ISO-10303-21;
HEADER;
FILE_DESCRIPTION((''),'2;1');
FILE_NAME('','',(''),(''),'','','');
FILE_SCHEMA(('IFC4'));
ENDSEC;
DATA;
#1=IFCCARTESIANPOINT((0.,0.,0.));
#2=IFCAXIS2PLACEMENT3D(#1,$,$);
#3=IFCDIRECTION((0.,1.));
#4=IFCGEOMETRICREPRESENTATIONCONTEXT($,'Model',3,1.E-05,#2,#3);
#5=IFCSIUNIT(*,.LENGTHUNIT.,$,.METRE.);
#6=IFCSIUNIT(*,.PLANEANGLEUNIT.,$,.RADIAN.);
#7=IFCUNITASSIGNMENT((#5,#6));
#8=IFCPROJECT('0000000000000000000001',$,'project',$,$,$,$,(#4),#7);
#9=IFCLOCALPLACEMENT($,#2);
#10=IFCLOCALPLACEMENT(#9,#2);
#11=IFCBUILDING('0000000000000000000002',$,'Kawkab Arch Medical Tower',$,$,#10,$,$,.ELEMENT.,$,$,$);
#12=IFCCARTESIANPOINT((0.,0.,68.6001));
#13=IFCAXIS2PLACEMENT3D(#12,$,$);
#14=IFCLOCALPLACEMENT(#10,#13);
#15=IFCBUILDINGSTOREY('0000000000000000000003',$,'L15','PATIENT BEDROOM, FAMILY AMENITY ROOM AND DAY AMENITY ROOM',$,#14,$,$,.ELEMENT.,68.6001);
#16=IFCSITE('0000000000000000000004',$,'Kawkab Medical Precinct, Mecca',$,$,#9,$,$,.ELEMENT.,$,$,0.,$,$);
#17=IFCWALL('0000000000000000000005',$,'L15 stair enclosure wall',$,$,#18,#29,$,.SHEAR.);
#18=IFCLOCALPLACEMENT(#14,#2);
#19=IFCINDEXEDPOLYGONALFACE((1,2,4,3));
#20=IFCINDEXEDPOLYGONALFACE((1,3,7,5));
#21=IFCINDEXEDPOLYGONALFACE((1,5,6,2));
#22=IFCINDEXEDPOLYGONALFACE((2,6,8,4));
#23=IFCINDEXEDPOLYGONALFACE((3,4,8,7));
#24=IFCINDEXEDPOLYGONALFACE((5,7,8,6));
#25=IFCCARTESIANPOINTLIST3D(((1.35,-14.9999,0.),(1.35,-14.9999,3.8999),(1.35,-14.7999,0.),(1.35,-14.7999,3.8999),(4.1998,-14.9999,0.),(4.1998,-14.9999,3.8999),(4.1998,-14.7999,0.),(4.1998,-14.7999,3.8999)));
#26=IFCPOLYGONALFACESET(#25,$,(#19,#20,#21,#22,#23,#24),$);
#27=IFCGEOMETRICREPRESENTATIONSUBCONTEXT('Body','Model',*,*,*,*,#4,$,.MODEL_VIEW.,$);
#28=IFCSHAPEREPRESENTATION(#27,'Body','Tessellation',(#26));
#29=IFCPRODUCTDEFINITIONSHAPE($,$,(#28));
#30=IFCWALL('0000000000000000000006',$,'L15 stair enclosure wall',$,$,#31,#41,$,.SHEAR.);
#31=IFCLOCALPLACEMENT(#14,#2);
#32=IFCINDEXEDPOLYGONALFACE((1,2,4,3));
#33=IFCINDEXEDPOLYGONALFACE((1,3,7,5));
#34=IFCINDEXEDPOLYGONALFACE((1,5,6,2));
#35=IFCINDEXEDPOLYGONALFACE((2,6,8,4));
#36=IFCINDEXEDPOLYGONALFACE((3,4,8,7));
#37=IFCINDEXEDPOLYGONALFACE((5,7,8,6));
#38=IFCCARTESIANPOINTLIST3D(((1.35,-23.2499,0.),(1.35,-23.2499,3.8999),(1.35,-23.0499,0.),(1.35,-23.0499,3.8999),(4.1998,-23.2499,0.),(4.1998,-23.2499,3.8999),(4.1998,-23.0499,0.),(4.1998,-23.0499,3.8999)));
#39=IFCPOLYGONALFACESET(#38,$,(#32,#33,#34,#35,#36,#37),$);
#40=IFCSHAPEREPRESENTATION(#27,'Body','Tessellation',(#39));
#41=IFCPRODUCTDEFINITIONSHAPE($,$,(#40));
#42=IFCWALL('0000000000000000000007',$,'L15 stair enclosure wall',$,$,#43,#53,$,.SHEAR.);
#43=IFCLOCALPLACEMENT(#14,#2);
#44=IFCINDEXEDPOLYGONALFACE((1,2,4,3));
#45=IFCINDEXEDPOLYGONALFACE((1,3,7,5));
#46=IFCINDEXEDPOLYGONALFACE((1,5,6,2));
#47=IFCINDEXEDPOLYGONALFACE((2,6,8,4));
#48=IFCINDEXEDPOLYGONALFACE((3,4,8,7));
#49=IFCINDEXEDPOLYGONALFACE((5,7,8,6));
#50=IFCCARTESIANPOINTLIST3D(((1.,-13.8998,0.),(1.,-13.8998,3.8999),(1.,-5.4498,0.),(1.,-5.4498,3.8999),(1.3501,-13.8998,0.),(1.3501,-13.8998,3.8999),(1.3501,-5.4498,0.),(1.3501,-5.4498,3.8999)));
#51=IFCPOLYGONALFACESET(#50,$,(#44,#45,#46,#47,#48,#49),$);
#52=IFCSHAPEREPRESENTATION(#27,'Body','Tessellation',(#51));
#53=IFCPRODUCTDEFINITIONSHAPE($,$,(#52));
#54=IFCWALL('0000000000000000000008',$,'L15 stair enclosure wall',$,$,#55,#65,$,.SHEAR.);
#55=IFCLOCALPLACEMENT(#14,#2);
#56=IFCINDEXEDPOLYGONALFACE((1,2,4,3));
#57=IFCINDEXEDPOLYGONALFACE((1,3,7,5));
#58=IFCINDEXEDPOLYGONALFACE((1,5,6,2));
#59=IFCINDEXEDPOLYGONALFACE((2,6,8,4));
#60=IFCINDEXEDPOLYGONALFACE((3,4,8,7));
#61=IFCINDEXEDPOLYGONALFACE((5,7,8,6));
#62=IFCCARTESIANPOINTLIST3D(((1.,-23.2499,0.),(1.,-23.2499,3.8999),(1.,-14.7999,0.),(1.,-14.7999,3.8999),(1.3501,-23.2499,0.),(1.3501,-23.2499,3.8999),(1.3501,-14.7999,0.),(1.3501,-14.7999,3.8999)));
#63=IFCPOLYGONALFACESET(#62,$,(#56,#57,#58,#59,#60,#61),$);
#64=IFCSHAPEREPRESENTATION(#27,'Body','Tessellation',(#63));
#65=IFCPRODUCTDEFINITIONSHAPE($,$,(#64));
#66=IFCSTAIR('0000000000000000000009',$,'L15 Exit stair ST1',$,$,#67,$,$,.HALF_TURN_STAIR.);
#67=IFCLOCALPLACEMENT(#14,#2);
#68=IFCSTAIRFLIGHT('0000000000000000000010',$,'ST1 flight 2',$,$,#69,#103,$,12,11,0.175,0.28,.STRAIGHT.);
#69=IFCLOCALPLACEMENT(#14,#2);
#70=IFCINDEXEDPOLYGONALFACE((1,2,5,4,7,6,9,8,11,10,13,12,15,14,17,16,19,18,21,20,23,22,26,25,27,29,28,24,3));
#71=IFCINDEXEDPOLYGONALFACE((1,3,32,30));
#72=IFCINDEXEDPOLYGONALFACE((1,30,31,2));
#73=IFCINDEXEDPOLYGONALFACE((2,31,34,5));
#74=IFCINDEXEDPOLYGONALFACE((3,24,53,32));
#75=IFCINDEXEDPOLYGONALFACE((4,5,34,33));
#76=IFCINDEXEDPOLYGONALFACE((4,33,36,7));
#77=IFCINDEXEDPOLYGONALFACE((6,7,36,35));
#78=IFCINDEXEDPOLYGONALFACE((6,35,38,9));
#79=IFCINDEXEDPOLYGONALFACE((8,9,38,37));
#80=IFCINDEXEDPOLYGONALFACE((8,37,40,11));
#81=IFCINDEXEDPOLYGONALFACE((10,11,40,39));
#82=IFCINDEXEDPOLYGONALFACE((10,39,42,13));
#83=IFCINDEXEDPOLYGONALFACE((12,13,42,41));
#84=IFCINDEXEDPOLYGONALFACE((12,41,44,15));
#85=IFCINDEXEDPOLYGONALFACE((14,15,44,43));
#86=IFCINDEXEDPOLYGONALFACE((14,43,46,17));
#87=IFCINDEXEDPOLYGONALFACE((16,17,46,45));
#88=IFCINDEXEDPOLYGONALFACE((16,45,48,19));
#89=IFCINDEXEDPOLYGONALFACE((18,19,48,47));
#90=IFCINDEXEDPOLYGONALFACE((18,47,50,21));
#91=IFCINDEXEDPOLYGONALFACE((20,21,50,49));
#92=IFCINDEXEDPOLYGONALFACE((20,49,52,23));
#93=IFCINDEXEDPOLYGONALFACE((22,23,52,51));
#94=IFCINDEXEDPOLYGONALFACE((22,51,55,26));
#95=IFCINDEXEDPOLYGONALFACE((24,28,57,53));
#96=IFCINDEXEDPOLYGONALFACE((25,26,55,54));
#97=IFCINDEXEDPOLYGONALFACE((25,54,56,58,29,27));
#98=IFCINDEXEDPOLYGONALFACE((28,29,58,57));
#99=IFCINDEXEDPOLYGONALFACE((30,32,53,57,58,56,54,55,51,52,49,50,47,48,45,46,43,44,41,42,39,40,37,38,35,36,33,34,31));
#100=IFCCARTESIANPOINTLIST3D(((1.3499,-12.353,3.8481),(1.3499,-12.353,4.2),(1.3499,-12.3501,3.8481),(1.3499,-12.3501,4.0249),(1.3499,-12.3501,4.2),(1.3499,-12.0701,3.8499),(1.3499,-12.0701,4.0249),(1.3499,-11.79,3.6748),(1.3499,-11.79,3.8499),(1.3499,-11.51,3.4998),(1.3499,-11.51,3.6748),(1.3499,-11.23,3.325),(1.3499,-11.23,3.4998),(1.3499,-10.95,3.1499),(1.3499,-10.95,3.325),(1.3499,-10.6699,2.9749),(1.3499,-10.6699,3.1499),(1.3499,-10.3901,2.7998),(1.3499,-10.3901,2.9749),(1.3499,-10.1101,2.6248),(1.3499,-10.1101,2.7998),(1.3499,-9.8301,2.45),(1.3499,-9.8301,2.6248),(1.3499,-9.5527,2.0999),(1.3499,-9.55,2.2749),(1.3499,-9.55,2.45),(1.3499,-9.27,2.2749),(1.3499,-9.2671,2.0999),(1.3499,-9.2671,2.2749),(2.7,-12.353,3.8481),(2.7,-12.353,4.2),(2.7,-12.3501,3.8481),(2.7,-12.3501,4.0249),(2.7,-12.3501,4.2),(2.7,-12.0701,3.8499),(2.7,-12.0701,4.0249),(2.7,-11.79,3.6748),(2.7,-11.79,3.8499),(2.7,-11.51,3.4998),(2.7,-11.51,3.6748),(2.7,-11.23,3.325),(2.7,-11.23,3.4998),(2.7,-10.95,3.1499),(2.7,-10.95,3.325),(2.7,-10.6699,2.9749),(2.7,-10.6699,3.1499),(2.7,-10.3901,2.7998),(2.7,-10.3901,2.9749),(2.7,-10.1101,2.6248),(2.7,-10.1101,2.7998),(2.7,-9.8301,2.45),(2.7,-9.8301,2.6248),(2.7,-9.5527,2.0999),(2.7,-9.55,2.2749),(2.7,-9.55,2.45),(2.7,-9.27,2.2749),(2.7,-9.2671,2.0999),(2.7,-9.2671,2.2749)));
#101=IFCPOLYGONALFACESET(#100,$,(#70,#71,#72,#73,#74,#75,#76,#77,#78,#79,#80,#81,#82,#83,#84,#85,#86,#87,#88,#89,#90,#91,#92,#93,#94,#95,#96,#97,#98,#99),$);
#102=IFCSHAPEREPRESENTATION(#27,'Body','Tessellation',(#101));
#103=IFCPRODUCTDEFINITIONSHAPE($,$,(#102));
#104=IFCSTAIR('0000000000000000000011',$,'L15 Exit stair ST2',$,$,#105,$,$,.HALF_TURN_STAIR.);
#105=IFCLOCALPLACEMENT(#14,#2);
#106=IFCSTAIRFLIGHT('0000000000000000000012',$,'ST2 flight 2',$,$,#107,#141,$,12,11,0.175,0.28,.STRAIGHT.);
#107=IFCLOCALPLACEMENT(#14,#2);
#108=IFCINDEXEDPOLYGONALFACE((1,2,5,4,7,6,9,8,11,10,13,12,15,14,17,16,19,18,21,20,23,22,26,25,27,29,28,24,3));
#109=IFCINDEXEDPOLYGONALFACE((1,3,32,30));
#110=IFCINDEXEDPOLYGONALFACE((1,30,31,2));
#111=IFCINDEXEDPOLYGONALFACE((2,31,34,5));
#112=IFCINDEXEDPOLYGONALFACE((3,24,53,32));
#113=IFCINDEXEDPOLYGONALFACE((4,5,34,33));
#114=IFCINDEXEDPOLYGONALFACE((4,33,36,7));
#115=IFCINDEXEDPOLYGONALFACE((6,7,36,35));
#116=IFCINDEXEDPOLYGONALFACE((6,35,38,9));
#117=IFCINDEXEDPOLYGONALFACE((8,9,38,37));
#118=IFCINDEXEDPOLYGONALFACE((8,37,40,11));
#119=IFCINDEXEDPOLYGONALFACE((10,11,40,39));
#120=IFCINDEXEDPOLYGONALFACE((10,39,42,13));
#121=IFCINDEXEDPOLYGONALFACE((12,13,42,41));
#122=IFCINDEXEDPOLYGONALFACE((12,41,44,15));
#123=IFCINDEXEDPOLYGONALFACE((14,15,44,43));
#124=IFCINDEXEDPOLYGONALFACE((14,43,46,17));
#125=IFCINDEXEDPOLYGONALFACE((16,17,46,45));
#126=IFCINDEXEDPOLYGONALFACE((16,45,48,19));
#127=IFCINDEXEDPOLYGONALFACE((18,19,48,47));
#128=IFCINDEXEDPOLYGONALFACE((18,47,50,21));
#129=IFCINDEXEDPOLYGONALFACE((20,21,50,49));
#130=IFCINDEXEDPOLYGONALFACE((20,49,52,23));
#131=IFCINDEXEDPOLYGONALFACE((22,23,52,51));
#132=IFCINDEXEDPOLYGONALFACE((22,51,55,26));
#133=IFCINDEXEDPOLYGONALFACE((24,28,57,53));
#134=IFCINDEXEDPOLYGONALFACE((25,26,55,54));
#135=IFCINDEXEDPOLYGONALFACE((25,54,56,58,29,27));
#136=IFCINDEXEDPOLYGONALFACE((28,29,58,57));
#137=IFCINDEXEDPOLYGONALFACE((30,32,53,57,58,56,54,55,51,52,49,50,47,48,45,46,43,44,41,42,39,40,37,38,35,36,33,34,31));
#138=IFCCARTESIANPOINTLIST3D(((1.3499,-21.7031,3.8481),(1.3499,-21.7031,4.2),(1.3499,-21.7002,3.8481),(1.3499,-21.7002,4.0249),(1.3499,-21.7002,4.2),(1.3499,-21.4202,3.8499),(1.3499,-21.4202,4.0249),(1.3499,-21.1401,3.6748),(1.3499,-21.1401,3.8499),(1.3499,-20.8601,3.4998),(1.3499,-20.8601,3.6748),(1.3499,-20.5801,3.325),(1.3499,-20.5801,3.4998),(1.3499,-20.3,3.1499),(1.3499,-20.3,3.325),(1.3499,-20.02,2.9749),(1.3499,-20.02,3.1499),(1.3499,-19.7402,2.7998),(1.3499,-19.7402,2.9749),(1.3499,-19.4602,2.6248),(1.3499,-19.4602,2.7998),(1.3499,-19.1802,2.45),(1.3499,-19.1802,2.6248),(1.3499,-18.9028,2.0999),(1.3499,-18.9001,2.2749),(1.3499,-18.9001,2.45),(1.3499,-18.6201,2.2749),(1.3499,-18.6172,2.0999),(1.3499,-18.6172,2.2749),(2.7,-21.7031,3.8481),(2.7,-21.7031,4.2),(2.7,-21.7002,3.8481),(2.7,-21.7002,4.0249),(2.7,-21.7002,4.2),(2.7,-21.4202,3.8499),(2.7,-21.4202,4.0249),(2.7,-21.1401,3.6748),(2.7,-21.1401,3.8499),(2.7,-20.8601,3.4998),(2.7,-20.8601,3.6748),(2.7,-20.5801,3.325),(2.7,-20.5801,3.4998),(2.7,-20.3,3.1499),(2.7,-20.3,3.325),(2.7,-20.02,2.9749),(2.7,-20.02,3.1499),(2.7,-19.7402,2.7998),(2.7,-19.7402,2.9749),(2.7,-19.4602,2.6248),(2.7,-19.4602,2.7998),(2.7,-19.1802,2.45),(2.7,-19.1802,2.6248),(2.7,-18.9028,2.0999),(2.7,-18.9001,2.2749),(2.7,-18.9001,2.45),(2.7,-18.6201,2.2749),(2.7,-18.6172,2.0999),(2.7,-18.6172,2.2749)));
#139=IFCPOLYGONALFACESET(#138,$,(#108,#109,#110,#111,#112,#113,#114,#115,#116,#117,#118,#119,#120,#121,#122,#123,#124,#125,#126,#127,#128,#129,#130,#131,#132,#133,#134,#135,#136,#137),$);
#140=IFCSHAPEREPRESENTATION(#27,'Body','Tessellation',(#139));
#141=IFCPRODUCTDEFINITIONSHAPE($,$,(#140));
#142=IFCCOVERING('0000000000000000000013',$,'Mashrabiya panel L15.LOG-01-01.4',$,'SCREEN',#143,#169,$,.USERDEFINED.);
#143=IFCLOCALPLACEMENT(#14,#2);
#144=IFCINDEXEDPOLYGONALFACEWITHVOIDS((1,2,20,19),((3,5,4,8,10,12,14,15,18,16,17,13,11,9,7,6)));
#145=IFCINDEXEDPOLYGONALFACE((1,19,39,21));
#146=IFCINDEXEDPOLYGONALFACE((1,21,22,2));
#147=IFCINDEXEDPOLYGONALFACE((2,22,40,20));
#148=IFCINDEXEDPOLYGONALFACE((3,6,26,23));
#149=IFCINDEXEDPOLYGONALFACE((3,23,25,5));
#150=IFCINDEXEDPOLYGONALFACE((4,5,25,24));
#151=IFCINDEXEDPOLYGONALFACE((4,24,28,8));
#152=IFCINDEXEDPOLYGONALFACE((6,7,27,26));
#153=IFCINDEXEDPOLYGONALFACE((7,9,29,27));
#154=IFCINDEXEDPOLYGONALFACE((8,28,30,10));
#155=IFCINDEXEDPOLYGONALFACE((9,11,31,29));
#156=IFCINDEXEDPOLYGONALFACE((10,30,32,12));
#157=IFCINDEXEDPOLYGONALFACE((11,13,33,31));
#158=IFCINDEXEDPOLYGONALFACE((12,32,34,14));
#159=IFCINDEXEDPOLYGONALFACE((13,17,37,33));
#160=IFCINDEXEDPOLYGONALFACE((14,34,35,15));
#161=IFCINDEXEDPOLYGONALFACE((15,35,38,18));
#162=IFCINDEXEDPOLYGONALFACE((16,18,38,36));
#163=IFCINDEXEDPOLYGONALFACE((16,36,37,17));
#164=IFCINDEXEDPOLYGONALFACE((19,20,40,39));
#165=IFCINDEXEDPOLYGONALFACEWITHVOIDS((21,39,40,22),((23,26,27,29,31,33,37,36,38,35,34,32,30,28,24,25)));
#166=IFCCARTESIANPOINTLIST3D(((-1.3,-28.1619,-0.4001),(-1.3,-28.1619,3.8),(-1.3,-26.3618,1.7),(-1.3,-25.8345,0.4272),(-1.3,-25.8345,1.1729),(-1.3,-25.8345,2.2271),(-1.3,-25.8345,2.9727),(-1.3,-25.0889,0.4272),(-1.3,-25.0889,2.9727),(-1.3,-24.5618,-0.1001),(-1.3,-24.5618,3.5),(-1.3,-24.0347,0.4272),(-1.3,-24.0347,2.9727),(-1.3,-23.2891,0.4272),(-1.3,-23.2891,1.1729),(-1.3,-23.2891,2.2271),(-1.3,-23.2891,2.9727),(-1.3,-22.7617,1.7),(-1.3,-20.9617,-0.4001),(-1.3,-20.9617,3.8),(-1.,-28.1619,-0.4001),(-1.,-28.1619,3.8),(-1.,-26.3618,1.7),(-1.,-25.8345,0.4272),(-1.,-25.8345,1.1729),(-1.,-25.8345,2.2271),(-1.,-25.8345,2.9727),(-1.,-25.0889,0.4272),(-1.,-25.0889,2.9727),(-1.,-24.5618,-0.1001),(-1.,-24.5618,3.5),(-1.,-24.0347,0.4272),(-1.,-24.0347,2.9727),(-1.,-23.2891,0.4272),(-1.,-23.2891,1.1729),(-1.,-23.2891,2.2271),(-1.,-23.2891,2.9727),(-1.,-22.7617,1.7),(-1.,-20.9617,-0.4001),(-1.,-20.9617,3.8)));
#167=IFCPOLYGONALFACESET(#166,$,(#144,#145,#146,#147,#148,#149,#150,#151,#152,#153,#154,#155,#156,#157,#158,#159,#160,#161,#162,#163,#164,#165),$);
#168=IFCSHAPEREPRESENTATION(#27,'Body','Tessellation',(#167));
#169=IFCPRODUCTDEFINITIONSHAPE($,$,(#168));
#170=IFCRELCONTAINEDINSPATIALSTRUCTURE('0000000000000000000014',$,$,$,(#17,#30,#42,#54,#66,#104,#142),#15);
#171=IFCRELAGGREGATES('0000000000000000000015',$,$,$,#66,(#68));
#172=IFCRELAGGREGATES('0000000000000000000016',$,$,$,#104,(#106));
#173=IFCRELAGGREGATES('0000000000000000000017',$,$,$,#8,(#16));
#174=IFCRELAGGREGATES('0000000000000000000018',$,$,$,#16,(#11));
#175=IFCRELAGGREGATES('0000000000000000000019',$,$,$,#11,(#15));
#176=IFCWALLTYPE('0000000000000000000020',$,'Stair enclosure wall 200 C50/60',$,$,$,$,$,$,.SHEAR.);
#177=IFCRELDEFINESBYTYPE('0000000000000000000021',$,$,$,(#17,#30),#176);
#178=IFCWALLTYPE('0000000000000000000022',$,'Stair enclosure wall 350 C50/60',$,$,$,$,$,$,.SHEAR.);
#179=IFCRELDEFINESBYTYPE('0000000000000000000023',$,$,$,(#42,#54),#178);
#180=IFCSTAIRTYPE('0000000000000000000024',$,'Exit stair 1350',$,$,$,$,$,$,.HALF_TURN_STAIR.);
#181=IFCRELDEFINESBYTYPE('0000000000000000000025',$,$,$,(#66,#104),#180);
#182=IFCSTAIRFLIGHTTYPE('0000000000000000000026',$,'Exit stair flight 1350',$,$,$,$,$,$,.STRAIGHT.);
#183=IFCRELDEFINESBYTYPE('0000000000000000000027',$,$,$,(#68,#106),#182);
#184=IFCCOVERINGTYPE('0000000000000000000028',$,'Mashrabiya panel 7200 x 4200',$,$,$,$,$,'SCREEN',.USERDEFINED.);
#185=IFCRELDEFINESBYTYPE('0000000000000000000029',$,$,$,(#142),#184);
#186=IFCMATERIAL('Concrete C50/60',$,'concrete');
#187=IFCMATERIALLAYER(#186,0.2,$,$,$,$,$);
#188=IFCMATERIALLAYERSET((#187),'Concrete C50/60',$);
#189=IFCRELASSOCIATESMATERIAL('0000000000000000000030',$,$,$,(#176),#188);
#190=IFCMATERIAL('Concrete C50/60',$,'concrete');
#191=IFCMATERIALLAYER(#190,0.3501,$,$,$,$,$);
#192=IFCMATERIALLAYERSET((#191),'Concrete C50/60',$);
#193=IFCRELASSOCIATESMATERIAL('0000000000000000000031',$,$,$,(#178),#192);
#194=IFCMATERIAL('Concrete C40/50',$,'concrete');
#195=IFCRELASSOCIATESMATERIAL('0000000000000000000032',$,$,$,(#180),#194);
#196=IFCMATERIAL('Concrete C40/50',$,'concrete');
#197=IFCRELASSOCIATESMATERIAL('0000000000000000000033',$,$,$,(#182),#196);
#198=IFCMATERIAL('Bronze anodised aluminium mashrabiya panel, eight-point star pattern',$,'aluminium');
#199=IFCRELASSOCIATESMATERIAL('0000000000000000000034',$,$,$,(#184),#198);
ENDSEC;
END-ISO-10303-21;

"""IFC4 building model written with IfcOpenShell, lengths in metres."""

from ifc_helpers import new_model, si_unit, direction, frame, frame_2d, origin, place, context, subcontext, project, spatial, polyline, rectangle, outline, extrude, material, layer, layer_set, material_profile, profile_set, type_object, element, aggregate, save


model = new_model("IFC4")

# Units and contexts
model_context = context("Model", 3, precision=1e-05, world=origin(), true_north=direction((0.0, 1.0)))
body_context = subcontext(model_context, "Body", "Model", "MODEL_VIEW")
ifc_project = project(units=[si_unit("LENGTHUNIT", "METRE"), si_unit("PLANEANGLEUNIT", "RADIAN")], contexts=[model_context])

# Site, building, storey
site_placement = place(None, origin())
site = spatial("IfcSite", under=ifc_project, at=site_placement, Name="Kawkab Medical Precinct, Mecca", CompositionType="ELEMENT", RefElevation=0.0)
building_placement = place(site_placement, origin())
building = spatial("IfcBuilding", under=site, at=building_placement, Name="Kawkab Arch Medical Tower", CompositionType="ELEMENT")
storey_placement = place(building_placement, frame((0.0, 0.0, 68.6001)))
storey = spatial("IfcBuildingStorey", under=building, at=storey_placement, Name="L15", Description="PATIENT BEDROOM, FAMILY AMENITY ROOM AND DAY AMENITY ROOM", CompositionType="ELEMENT", Elevation=68.6001)

# Shared definitions
placement = place(storey_placement, origin())

# Walls
ifc_material_1 = material(Name="Concrete C50/60", Category="concrete")
ifc_layer_1 = layer(ifc_material_1, 0.2)
ifc_layer_set_1 = layer_set([ifc_layer_1], Name="Concrete C50/60")
wall_type_1 = type_object("IfcWallType", Name="Stair enclosure wall 200 C50/60", PredefinedType="SHEAR", material=ifc_layer_set_1)
for number, where, z_axis, x_axis, name in (
    (1, (1.3501, -14.8999, 0.0), (0.0, 0.0, 1.0), (1.0, 0.0, 0.0), "L15 stair enclosure wall"),
    (2, (1.3501, -23.1499, 0.0), (0.0, 0.0, 1.0), (1.0, 0.0, 0.0), "L15 stair enclosure wall"),
):
    element("IfcWall", number, at=place(storey_placement, frame(where, z_axis=z_axis, x_axis=x_axis)), inside=storey, type_object=wall_type_1, Name=name, PredefinedType="SHEAR", context=body_context, shape_type="SweptSolid", body=[
        extrude(rectangle(XDim=2.8499, YDim=0.2, at=frame_2d((1.4248, 0.0))), origin(), (0.0, 0.0, 1.0), 3.8999),
    ])
ifc_material_2 = material(Name="Concrete C50/60", Category="concrete")
ifc_layer_2 = layer(ifc_material_2, 0.3501)
ifc_layer_set_2 = layer_set([ifc_layer_2], Name="Concrete C50/60")
wall_type_2 = type_object("IfcWallType", Name="Stair enclosure wall 350 C50/60", PredefinedType="SHEAR", material=ifc_layer_set_2)
for number, where, z_axis, x_axis, name in (
    (3, (1.175, -13.8999, 0.0), (0.0, 0.0, 1.0), (0.0, 1.0, 0.0), "L15 stair enclosure wall"),
    (4, (1.175, -23.25, 0.0), (0.0, 0.0, 1.0), (0.0, 1.0, 0.0), "L15 stair enclosure wall"),
):
    element("IfcWall", number, at=place(storey_placement, frame(where, z_axis=z_axis, x_axis=x_axis)), inside=storey, type_object=wall_type_2, Name=name, PredefinedType="SHEAR", context=body_context, shape_type="SweptSolid", body=[
        extrude(rectangle(XDim=8.45, YDim=0.3501, at=frame_2d((4.2251, 0.0))), origin(), (0.0, 0.0, 1.0), 3.8999),
    ])

# Stairs, stair flights
ifc_material_3 = material(Name="Concrete C40/50", Category="concrete")
stair_type = type_object("IfcStairType", Name="Exit stair 1350", PredefinedType="HALF_TURN_STAIR", material=ifc_material_3)
stair_1 = element("IfcStair", 5, at=placement, inside=storey, type_object=stair_type, Name="L15 Exit stair ST1", PredefinedType="HALF_TURN_STAIR")
ifc_material_4 = material(Name="Concrete C40/50", Category="concrete")
stair_flight_type = type_object("IfcStairFlightType", Name="Exit stair flight 1350", PredefinedType="STRAIGHT", material=ifc_material_4)
stair_flight_1_placement = place(storey_placement, frame((2.0249, -9.27, 2.0999), z_axis=(0.0, 0.0, 1.0), x_axis=(0.0, -1.0, 0.0)))
stair_flight_1 = element("IfcStairFlight", 6, at=stair_flight_1_placement, type_object=stair_flight_type, Name="ST1 flight 2", NumberOfRisers=12, NumberOfTreads=11, PredefinedType="STRAIGHT", RiserHeight=0.175, TreadLength=0.28, context=body_context, shape_type="SweptSolid", body=[
    extrude(outline(polyline([(-0.0029, 0.0), (-0.0029, 0.175), (0.0, 0.175), (0.28, 0.175), (0.28, 0.3501), (0.5601, 0.3501), (0.5601, 0.5249), (0.8401, 0.5249), (0.8401, 0.7), (1.1201, 0.7), (1.1201, 0.875), (1.3999, 0.875), (1.3999, 1.05), (1.6799, 1.05), (1.6799, 1.2251), (1.96, 1.2251), (1.96, 1.3999), (2.24, 1.3999), (2.24, 1.575), (2.52, 1.575), (2.52, 1.75), (2.8, 1.75), (2.8, 1.925), (3.0801, 1.925), (3.0801, 2.1001), (3.083, 2.1001), (3.083, 1.7483), (3.0801, 1.7483), (0.2827, 0.0), (-0.0029, 0.0)])), frame((0.0, 0.675, 0.0), z_axis=(0.0, -1.0, 0.0), x_axis=(1.0, 0.0, 0.0)), (0.0, 0.0, 1.0), 1.3501),
])
aggregate(stair_1, [stair_flight_1])
stair_2 = element("IfcStair", 7, at=placement, inside=storey, type_object=stair_type, Name="L15 Exit stair ST2", PredefinedType="HALF_TURN_STAIR")
stair_flight_2_placement = place(storey_placement, frame((2.0249, -18.6201, 2.0999), z_axis=(0.0, 0.0, 1.0), x_axis=(0.0, -1.0, 0.0)))
stair_flight_2 = element("IfcStairFlight", 8, at=stair_flight_2_placement, type_object=stair_flight_type, Name="ST2 flight 2", NumberOfRisers=12, NumberOfTreads=11, PredefinedType="STRAIGHT", RiserHeight=0.175, TreadLength=0.28, context=body_context, shape_type="SweptSolid", body=[
    extrude(outline(polyline([(-0.0029, 0.0), (-0.0029, 0.175), (0.0, 0.175), (0.28, 0.175), (0.28, 0.3501), (0.5601, 0.3501), (0.5601, 0.5249), (0.8401, 0.5249), (0.8401, 0.7), (1.1201, 0.7), (1.1201, 0.875), (1.3999, 0.875), (1.3999, 1.05), (1.6799, 1.05), (1.6799, 1.2251), (1.96, 1.2251), (1.96, 1.3999), (2.24, 1.3999), (2.24, 1.575), (2.52, 1.575), (2.52, 1.75), (2.8, 1.75), (2.8, 1.925), (3.0801, 1.925), (3.0801, 2.1001), (3.083, 2.1001), (3.083, 1.7483), (3.0801, 1.7483), (0.2827, 0.0), (-0.0029, 0.0)])), frame((0.0, 0.675, 0.0), z_axis=(0.0, -1.0, 0.0), x_axis=(1.0, 0.0, 0.0)), (0.0, 0.0, 1.0), 1.3501),
])
aggregate(stair_2, [stair_flight_2])

# Covering
ifc_material_5 = material(Name="Bronze anodised aluminium mashrabiya panel, eight-point star pattern", Category="aluminium")
ifc_material_profile_1 = material_profile(ifc_material_5, outline(polyline([(-3.6001, -2.1001), (3.6001, -2.1001), (3.6001, 2.1001), (-3.6001, 2.1001), (-3.6001, -2.1001)]), holes=[polyline([(1.8, 0.0), (1.2727, 0.5271), (1.2727, 1.2727), (0.5271, 1.2727), (0.0, 1.8), (-0.5271, 1.2727), (-1.2727, 1.2727), (-1.2727, 0.5271), (-1.8, 0.0), (-1.2727, -0.5271), (-1.2727, -1.2727), (-0.5271, -1.2727), (0.0, -1.8), (0.5271, -1.2727), (1.2727, -1.2727), (1.2727, -0.5271), (1.8, 0.0)])]), Name="Mashrabiya panel 7200x4200")
ifc_profile_set_1 = profile_set([ifc_material_profile_1], Name="Bronze anodised aluminium mashrabiya panel, eight-point star pattern")
covering_type_1 = type_object("IfcCoveringType", Name="Mashrabiya panel 7200 x 4200", ElementType="SCREEN", PredefinedType="USERDEFINED", material=ifc_profile_set_1)
for number, where, z_axis, x_axis, name in (
    (9, (-1.0, -24.5618, 1.7), (-1.0, 0.0, 0.0), (0.0, -1.0, 0.0), "Mashrabiya panel L15.LOG-01-01.4"),
):
    element("IfcCovering", number, at=place(storey_placement, frame(where, z_axis=z_axis, x_axis=x_axis)), inside=storey, type_object=covering_type_1, Name=name, ObjectType="SCREEN", PredefinedType="USERDEFINED", context=body_context, shape_type="SweptSolid", body=[
        extrude(outline(polyline([(-3.6001, -2.1001), (3.6001, -2.1001), (3.6001, 2.1001), (-3.6001, 2.1001), (-3.6001, -2.1001)]), holes=[polyline([(1.8, 0.0), (1.2727, 0.5271), (1.2727, 1.2727), (0.5271, 1.2727), (0.0, 1.8), (-0.5271, 1.2727), (-1.2727, 1.2727), (-1.2727, 0.5271), (-1.8, 0.0), (-1.2727, -0.5271), (-1.2727, -1.2727), (-0.5271, -1.2727), (0.0, -1.8), (0.5271, -1.2727), (1.2727, -1.2727), (1.2727, -0.5271), (1.8, 0.0)])]), origin(), (0.0, 0.0, 1.0), 0.3),
    ])

save(model, "model.ifc")
